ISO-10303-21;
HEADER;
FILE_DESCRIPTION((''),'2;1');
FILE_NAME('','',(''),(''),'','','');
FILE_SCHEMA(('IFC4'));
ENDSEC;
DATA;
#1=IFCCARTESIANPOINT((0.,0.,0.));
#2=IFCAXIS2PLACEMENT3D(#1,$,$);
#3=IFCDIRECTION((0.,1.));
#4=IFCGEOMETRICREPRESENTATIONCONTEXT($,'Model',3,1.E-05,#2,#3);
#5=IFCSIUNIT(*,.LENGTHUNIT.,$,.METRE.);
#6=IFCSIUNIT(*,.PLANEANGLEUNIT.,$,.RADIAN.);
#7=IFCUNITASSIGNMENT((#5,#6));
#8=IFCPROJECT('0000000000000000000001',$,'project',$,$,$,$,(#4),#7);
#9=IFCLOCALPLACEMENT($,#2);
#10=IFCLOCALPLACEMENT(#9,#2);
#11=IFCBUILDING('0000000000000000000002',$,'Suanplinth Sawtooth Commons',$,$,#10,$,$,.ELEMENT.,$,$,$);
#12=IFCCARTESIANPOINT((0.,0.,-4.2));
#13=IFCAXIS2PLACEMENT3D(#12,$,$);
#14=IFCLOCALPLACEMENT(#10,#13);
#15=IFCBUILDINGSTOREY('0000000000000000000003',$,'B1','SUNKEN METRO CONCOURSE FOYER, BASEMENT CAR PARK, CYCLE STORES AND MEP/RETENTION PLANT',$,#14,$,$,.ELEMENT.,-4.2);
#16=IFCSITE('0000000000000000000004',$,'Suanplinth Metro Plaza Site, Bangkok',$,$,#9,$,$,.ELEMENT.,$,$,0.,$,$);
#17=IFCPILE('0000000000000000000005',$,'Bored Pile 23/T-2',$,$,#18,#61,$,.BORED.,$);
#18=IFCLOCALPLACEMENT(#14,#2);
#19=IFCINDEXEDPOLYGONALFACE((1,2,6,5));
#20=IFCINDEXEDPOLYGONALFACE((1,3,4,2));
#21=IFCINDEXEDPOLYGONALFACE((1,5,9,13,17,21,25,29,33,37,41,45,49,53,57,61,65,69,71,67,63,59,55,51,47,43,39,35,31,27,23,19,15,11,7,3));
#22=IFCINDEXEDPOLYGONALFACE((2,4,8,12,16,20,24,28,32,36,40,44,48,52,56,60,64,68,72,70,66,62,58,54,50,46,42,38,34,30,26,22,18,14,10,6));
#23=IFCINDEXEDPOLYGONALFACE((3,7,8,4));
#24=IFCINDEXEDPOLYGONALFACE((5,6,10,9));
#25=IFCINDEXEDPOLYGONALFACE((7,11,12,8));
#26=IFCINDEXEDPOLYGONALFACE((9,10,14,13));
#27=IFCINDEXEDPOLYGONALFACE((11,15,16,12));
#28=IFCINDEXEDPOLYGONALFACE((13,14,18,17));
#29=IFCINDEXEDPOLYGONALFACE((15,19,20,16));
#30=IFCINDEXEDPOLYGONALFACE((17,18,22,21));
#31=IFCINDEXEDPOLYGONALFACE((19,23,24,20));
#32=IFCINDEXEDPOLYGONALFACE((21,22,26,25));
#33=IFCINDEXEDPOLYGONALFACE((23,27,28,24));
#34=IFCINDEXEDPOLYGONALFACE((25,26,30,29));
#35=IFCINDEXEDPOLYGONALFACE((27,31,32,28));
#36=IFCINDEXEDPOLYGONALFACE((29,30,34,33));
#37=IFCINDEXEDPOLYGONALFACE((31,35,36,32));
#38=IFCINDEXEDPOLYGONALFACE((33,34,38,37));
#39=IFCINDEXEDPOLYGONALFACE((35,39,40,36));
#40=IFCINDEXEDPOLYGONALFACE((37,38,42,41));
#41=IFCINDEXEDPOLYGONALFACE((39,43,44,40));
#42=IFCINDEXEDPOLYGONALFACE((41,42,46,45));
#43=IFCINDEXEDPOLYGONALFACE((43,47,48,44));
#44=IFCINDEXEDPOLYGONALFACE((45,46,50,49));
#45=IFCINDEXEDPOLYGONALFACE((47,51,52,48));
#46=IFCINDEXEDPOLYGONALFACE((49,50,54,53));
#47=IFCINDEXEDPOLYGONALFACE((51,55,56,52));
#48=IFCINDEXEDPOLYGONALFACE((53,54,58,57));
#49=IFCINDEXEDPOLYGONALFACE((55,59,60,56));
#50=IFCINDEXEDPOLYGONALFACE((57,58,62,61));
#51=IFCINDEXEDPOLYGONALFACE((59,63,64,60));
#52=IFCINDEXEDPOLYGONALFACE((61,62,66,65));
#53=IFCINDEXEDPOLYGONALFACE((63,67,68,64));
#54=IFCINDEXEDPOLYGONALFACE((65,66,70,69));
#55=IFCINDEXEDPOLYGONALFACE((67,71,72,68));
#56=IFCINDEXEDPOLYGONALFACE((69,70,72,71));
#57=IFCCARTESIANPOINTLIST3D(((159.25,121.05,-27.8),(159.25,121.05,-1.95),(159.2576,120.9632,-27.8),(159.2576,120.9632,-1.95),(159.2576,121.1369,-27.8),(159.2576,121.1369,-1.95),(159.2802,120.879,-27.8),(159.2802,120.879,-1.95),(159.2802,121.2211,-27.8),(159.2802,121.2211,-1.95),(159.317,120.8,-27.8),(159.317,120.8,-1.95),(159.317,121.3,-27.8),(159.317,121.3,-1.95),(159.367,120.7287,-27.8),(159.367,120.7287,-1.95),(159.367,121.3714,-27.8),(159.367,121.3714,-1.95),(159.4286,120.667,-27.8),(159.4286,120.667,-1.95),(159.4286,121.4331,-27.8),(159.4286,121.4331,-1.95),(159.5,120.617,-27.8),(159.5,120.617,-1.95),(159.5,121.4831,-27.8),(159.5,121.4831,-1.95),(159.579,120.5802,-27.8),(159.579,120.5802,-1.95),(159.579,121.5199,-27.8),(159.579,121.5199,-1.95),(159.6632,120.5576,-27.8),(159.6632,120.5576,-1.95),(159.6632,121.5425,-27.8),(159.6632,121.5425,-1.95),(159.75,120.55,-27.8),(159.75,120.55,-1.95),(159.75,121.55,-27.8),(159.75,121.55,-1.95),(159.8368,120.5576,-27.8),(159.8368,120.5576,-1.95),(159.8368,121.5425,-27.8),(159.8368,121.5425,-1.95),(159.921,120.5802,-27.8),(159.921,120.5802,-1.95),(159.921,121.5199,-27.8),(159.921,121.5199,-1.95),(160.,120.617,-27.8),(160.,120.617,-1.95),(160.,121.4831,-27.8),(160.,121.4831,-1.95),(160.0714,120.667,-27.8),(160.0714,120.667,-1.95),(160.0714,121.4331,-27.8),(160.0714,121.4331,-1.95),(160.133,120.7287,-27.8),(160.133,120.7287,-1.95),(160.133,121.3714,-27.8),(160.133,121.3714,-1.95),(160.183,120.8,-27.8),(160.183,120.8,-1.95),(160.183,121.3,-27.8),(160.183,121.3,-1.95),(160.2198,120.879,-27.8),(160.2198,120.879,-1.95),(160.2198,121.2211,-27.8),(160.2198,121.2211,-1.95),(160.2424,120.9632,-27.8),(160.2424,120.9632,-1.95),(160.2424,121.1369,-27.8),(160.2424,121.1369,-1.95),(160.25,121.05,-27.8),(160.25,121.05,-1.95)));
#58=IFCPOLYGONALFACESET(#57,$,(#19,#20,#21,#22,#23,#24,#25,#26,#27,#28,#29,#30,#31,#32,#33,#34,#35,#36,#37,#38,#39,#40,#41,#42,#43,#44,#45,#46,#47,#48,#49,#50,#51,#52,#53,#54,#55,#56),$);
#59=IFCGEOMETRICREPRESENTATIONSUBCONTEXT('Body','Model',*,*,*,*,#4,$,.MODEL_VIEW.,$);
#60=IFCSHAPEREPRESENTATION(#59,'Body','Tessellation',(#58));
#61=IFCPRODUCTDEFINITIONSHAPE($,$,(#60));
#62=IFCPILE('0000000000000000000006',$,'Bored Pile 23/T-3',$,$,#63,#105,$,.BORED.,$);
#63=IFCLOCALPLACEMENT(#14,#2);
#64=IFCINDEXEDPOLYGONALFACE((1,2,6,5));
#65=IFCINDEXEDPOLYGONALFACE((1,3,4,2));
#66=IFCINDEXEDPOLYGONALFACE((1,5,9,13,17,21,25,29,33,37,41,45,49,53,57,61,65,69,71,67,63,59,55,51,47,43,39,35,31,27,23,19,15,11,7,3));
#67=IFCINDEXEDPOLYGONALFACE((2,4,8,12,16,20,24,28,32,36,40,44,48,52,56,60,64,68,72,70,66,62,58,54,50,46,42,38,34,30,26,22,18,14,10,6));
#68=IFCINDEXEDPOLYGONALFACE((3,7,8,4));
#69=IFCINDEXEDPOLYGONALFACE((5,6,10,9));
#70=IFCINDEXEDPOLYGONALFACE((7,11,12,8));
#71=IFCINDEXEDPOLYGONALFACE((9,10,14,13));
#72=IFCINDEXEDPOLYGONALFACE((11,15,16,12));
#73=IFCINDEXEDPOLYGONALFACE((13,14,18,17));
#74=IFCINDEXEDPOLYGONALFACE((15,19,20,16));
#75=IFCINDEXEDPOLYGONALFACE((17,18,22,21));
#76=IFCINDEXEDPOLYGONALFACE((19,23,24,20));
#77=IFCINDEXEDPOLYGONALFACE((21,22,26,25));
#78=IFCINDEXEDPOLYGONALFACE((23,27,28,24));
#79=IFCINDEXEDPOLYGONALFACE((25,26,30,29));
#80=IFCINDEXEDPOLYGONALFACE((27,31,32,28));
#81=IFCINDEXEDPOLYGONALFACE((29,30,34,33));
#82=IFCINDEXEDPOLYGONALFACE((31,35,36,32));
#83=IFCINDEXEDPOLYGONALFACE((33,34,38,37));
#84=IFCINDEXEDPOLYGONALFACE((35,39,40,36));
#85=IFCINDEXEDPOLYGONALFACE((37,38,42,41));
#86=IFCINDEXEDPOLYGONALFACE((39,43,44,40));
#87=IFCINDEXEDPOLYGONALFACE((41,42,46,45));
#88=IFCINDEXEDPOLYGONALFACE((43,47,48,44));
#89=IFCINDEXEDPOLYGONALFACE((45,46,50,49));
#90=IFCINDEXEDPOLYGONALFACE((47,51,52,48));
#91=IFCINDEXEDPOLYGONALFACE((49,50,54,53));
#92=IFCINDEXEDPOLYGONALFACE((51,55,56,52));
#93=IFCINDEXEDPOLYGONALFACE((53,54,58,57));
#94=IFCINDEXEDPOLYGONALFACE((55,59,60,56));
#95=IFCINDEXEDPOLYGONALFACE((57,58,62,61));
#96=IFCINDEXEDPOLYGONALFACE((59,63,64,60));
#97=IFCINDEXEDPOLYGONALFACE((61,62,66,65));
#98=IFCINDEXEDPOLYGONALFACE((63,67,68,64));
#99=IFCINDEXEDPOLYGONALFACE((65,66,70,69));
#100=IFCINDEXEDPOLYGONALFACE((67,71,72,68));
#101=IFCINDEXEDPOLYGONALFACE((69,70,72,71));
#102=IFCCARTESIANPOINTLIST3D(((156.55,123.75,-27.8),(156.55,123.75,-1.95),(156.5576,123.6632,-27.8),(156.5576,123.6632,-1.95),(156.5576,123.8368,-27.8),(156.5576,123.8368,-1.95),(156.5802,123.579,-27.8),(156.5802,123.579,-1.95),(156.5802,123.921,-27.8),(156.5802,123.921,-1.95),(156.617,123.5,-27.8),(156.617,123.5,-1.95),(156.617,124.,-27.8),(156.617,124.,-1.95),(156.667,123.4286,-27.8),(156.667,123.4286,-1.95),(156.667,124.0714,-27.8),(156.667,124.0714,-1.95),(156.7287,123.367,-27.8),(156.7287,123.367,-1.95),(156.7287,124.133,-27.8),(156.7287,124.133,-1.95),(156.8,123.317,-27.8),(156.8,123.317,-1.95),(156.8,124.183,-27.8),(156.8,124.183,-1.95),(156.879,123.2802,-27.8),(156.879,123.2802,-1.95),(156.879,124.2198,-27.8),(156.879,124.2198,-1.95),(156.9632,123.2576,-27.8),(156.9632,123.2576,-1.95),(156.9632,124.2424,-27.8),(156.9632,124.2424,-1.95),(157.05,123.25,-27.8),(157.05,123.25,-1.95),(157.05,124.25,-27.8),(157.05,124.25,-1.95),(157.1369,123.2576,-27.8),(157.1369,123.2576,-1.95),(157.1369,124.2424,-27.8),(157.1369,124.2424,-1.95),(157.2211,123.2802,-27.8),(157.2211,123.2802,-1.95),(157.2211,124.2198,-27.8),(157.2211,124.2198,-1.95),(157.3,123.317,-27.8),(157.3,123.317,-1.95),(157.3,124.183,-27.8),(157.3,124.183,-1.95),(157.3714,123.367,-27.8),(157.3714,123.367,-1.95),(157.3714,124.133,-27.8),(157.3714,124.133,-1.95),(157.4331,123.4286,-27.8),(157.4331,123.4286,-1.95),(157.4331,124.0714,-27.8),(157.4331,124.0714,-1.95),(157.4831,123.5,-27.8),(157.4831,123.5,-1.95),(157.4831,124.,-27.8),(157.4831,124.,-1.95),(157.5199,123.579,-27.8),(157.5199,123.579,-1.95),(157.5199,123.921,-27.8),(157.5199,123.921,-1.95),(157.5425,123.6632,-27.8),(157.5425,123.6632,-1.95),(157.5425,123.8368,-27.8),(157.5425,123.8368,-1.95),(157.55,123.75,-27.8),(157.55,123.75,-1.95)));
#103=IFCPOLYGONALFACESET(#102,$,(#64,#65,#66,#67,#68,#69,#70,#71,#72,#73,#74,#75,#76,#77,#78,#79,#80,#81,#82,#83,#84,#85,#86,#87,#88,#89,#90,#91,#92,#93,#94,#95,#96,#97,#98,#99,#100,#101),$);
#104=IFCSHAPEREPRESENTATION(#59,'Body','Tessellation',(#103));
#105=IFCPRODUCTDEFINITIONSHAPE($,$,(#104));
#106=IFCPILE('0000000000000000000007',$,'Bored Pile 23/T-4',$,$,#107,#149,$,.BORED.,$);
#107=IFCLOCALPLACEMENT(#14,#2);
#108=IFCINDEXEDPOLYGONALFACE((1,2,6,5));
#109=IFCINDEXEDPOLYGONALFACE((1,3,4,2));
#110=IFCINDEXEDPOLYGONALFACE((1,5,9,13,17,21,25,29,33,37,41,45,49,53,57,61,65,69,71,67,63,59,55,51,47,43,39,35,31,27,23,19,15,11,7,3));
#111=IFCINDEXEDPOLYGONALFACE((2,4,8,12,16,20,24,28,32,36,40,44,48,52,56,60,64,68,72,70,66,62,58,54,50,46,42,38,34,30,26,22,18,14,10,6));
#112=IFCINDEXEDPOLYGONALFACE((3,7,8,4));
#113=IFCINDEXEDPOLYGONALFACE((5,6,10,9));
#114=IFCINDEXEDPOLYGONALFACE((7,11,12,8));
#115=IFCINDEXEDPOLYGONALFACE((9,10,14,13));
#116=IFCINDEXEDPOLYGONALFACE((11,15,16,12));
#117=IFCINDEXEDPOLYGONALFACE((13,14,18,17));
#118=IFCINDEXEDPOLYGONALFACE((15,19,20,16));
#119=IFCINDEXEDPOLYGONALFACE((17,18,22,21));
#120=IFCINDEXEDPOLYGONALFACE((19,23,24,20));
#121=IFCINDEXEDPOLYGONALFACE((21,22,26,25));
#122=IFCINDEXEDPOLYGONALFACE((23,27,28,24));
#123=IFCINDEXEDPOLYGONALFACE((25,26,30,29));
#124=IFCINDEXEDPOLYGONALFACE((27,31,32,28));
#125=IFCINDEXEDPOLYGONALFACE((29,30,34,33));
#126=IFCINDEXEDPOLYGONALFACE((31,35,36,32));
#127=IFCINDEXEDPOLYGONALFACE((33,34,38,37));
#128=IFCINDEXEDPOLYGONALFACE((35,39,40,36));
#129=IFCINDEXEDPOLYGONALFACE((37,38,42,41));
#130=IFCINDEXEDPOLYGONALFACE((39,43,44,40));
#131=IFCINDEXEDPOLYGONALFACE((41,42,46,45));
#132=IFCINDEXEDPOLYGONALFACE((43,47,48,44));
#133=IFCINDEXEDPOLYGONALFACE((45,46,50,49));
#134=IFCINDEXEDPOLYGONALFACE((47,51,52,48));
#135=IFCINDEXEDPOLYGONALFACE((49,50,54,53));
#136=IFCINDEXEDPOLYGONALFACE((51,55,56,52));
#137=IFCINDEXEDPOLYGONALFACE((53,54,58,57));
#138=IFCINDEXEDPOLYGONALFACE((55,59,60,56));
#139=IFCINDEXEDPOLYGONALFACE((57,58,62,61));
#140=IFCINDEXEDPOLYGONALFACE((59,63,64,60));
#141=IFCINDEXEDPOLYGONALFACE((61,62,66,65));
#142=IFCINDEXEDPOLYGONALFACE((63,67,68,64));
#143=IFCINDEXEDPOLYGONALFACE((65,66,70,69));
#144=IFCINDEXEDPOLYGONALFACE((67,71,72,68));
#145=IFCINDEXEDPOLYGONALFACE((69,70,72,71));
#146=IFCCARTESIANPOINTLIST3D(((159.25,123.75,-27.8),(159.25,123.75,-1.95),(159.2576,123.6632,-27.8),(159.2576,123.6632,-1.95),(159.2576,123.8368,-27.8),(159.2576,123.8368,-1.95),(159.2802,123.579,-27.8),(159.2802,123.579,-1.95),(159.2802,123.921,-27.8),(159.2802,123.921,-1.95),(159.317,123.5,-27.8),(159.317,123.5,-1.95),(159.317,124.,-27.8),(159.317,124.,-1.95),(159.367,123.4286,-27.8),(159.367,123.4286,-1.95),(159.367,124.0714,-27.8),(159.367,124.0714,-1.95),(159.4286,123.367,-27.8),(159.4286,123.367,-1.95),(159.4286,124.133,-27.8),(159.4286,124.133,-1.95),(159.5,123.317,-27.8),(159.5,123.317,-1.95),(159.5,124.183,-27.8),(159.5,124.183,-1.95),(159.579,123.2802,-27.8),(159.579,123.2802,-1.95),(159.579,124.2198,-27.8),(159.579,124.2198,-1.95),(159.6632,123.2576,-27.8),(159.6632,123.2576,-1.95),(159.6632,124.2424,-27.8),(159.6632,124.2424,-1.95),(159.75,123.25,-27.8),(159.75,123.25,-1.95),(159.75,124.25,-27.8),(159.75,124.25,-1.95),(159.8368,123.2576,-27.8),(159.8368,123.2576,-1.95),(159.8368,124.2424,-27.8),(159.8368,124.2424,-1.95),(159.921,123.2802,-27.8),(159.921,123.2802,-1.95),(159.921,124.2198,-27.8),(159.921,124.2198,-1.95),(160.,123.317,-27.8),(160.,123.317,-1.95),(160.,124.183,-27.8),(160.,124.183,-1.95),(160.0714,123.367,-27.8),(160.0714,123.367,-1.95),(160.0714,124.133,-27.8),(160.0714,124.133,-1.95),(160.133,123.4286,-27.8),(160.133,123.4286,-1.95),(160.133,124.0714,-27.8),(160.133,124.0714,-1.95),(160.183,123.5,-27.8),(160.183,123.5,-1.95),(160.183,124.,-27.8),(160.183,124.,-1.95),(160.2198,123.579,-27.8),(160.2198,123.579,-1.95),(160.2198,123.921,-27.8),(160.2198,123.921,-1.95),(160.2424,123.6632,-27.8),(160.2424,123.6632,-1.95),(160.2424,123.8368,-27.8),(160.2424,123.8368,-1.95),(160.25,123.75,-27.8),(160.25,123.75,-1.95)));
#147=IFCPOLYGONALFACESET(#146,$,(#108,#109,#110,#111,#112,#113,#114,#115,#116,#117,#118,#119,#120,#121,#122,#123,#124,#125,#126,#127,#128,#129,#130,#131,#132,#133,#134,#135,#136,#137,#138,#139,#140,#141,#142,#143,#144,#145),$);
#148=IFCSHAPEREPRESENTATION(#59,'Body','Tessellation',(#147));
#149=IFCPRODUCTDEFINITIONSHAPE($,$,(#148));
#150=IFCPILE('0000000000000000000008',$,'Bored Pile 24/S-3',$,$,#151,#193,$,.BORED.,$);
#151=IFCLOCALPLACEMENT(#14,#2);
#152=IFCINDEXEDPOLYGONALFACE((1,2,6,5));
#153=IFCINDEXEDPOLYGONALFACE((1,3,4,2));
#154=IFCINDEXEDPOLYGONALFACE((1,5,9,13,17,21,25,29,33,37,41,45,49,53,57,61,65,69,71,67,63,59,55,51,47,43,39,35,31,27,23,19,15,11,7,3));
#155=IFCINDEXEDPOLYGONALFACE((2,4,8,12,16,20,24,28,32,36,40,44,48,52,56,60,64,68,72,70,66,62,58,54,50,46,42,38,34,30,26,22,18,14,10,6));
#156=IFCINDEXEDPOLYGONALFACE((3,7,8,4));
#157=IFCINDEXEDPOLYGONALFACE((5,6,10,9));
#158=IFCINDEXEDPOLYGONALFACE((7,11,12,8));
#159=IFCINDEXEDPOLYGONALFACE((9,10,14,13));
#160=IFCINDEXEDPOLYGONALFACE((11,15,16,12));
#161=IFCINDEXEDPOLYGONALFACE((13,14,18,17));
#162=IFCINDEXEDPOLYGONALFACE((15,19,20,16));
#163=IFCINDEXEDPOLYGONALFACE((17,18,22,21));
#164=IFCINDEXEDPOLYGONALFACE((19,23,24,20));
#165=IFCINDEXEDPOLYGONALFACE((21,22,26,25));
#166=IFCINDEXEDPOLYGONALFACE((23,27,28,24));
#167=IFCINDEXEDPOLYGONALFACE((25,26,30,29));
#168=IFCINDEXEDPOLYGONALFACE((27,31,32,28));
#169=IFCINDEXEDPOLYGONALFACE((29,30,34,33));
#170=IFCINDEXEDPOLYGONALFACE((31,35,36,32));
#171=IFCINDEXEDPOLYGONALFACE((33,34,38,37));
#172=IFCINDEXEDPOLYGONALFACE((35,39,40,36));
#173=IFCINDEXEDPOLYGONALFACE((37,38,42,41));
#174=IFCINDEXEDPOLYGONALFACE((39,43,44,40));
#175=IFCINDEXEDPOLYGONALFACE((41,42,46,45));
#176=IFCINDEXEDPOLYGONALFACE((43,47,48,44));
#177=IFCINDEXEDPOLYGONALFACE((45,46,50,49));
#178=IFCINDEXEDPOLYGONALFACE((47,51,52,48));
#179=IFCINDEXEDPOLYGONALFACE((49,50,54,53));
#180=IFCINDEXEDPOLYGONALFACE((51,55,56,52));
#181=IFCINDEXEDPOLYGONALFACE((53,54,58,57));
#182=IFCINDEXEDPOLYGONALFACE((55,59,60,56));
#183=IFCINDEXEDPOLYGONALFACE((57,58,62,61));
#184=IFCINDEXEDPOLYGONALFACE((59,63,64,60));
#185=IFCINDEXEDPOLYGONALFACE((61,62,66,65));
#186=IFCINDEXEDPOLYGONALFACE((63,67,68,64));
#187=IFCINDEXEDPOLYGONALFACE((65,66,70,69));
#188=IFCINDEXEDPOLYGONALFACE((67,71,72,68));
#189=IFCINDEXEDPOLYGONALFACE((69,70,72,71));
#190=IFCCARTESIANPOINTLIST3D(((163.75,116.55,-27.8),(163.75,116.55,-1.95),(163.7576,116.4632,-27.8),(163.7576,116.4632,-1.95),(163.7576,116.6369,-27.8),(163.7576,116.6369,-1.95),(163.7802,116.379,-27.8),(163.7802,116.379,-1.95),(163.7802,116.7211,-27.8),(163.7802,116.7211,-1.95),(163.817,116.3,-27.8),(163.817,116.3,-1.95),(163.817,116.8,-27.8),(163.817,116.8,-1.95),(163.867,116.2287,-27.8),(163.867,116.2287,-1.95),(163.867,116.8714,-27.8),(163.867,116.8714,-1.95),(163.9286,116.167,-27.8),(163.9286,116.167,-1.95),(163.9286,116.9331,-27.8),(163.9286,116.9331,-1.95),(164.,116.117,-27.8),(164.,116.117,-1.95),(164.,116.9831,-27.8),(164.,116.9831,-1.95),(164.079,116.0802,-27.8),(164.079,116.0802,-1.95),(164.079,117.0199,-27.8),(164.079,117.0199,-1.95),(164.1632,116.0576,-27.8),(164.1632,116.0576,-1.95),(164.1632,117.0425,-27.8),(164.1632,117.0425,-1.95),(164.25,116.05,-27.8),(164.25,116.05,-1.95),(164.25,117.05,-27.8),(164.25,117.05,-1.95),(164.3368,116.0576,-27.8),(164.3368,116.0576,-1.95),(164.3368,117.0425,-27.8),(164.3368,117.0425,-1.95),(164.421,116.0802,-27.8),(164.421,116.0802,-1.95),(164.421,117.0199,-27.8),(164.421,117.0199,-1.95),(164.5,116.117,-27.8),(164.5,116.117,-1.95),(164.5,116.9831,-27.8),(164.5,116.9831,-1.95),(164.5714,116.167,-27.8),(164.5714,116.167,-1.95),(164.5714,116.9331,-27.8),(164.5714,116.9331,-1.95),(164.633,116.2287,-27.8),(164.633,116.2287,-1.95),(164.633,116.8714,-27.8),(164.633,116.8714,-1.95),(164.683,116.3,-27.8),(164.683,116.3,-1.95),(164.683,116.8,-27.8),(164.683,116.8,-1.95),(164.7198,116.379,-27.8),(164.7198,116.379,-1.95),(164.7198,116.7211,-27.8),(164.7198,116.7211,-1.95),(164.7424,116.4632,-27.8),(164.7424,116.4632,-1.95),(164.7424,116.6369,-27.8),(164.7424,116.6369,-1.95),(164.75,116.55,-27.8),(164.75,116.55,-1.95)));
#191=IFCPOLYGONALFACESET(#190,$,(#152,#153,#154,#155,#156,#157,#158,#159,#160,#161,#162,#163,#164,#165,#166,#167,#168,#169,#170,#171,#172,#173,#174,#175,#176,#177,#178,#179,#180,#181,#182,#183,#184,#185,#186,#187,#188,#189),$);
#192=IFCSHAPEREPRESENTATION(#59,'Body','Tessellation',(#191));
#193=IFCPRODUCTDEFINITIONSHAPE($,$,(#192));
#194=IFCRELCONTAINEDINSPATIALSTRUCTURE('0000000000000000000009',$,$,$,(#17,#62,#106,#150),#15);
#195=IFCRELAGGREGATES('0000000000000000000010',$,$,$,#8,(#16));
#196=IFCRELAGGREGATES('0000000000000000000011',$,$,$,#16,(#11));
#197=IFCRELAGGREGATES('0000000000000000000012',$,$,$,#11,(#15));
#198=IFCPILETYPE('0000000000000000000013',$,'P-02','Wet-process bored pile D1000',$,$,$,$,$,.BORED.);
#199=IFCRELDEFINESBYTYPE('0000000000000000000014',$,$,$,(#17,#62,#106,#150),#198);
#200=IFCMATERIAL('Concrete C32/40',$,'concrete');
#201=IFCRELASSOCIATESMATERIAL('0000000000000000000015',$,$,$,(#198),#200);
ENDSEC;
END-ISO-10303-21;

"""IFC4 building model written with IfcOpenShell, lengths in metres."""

from ifc_helpers import new_model, si_unit, direction, frame, origin, origin_2d, place, context, subcontext, project, spatial, circle, extrude, material, material_profile, profile_set, type_object, element, save


model = new_model("IFC4")

# Units and contexts
model_context = context("Model", 3, precision=1e-05, world=origin(), true_north=direction((0.0, 1.0)))
body_context = subcontext(model_context, "Body", "Model", "MODEL_VIEW")
ifc_project = project(units=[si_unit("LENGTHUNIT", "METRE"), si_unit("PLANEANGLEUNIT", "RADIAN")], contexts=[model_context])

# Site, building, storey
site_placement = place(None, origin())
site = spatial("IfcSite", under=ifc_project, at=site_placement, Name="Suanplinth Metro Plaza Site, Bangkok", CompositionType="ELEMENT", RefElevation=0.0)
building_placement = place(site_placement, origin())
building = spatial("IfcBuilding", under=site, at=building_placement, Name="Suanplinth Sawtooth Commons", CompositionType="ELEMENT")
storey_placement = place(building_placement, frame((0.0, 0.0, -4.2)))
storey = spatial("IfcBuildingStorey", under=building, at=storey_placement, Name="B1", Description="SUNKEN METRO CONCOURSE FOYER, BASEMENT CAR PARK, CYCLE STORES AND MEP/RETENTION PLANT", CompositionType="ELEMENT", Elevation=-4.2)

# Piles
ifc_material_1 = material(Name="Concrete C32/40", Category="concrete")
ifc_material_profile_1 = material_profile(ifc_material_1, circle(Radius=0.5, at=origin_2d()), Name="PILE D1000")
ifc_profile_set_1 = profile_set([ifc_material_profile_1], Name="Concrete C32/40")
pile_type = type_object("IfcPileType", Name="P-02", Description="Wet-process bored pile D1000", PredefinedType="BORED", material=ifc_profile_set_1)
for number, where, z_axis, x_axis, name in (
    (1, (159.75, 121.05, -1.95), (0.0, 0.0, -1.0), (1.0, 0.0, 0.0), "Bored Pile 23/T-2"),
    (2, (157.05, 123.75, -1.95), (0.0, 0.0, -1.0), (1.0, 0.0, 0.0), "Bored Pile 23/T-3"),
    (3, (159.75, 123.75, -1.95), (0.0, 0.0, -1.0), (1.0, 0.0, 0.0), "Bored Pile 23/T-4"),
    (4, (164.25, 116.55, -1.95), (0.0, 0.0, -1.0), (1.0, 0.0, 0.0), "Bored Pile 24/S-3"),
):
    element("IfcPile", number, at=place(storey_placement, frame(where, z_axis=z_axis, x_axis=x_axis)), inside=storey, type_object=pile_type, Name=name, PredefinedType="BORED", context=body_context, shape_type="SweptSolid", body=[
        extrude(circle(Radius=0.5, at=origin_2d()), origin(), (0.0, 0.0, 1.0), 25.8501),
    ])

save(model, "model.ifc")
